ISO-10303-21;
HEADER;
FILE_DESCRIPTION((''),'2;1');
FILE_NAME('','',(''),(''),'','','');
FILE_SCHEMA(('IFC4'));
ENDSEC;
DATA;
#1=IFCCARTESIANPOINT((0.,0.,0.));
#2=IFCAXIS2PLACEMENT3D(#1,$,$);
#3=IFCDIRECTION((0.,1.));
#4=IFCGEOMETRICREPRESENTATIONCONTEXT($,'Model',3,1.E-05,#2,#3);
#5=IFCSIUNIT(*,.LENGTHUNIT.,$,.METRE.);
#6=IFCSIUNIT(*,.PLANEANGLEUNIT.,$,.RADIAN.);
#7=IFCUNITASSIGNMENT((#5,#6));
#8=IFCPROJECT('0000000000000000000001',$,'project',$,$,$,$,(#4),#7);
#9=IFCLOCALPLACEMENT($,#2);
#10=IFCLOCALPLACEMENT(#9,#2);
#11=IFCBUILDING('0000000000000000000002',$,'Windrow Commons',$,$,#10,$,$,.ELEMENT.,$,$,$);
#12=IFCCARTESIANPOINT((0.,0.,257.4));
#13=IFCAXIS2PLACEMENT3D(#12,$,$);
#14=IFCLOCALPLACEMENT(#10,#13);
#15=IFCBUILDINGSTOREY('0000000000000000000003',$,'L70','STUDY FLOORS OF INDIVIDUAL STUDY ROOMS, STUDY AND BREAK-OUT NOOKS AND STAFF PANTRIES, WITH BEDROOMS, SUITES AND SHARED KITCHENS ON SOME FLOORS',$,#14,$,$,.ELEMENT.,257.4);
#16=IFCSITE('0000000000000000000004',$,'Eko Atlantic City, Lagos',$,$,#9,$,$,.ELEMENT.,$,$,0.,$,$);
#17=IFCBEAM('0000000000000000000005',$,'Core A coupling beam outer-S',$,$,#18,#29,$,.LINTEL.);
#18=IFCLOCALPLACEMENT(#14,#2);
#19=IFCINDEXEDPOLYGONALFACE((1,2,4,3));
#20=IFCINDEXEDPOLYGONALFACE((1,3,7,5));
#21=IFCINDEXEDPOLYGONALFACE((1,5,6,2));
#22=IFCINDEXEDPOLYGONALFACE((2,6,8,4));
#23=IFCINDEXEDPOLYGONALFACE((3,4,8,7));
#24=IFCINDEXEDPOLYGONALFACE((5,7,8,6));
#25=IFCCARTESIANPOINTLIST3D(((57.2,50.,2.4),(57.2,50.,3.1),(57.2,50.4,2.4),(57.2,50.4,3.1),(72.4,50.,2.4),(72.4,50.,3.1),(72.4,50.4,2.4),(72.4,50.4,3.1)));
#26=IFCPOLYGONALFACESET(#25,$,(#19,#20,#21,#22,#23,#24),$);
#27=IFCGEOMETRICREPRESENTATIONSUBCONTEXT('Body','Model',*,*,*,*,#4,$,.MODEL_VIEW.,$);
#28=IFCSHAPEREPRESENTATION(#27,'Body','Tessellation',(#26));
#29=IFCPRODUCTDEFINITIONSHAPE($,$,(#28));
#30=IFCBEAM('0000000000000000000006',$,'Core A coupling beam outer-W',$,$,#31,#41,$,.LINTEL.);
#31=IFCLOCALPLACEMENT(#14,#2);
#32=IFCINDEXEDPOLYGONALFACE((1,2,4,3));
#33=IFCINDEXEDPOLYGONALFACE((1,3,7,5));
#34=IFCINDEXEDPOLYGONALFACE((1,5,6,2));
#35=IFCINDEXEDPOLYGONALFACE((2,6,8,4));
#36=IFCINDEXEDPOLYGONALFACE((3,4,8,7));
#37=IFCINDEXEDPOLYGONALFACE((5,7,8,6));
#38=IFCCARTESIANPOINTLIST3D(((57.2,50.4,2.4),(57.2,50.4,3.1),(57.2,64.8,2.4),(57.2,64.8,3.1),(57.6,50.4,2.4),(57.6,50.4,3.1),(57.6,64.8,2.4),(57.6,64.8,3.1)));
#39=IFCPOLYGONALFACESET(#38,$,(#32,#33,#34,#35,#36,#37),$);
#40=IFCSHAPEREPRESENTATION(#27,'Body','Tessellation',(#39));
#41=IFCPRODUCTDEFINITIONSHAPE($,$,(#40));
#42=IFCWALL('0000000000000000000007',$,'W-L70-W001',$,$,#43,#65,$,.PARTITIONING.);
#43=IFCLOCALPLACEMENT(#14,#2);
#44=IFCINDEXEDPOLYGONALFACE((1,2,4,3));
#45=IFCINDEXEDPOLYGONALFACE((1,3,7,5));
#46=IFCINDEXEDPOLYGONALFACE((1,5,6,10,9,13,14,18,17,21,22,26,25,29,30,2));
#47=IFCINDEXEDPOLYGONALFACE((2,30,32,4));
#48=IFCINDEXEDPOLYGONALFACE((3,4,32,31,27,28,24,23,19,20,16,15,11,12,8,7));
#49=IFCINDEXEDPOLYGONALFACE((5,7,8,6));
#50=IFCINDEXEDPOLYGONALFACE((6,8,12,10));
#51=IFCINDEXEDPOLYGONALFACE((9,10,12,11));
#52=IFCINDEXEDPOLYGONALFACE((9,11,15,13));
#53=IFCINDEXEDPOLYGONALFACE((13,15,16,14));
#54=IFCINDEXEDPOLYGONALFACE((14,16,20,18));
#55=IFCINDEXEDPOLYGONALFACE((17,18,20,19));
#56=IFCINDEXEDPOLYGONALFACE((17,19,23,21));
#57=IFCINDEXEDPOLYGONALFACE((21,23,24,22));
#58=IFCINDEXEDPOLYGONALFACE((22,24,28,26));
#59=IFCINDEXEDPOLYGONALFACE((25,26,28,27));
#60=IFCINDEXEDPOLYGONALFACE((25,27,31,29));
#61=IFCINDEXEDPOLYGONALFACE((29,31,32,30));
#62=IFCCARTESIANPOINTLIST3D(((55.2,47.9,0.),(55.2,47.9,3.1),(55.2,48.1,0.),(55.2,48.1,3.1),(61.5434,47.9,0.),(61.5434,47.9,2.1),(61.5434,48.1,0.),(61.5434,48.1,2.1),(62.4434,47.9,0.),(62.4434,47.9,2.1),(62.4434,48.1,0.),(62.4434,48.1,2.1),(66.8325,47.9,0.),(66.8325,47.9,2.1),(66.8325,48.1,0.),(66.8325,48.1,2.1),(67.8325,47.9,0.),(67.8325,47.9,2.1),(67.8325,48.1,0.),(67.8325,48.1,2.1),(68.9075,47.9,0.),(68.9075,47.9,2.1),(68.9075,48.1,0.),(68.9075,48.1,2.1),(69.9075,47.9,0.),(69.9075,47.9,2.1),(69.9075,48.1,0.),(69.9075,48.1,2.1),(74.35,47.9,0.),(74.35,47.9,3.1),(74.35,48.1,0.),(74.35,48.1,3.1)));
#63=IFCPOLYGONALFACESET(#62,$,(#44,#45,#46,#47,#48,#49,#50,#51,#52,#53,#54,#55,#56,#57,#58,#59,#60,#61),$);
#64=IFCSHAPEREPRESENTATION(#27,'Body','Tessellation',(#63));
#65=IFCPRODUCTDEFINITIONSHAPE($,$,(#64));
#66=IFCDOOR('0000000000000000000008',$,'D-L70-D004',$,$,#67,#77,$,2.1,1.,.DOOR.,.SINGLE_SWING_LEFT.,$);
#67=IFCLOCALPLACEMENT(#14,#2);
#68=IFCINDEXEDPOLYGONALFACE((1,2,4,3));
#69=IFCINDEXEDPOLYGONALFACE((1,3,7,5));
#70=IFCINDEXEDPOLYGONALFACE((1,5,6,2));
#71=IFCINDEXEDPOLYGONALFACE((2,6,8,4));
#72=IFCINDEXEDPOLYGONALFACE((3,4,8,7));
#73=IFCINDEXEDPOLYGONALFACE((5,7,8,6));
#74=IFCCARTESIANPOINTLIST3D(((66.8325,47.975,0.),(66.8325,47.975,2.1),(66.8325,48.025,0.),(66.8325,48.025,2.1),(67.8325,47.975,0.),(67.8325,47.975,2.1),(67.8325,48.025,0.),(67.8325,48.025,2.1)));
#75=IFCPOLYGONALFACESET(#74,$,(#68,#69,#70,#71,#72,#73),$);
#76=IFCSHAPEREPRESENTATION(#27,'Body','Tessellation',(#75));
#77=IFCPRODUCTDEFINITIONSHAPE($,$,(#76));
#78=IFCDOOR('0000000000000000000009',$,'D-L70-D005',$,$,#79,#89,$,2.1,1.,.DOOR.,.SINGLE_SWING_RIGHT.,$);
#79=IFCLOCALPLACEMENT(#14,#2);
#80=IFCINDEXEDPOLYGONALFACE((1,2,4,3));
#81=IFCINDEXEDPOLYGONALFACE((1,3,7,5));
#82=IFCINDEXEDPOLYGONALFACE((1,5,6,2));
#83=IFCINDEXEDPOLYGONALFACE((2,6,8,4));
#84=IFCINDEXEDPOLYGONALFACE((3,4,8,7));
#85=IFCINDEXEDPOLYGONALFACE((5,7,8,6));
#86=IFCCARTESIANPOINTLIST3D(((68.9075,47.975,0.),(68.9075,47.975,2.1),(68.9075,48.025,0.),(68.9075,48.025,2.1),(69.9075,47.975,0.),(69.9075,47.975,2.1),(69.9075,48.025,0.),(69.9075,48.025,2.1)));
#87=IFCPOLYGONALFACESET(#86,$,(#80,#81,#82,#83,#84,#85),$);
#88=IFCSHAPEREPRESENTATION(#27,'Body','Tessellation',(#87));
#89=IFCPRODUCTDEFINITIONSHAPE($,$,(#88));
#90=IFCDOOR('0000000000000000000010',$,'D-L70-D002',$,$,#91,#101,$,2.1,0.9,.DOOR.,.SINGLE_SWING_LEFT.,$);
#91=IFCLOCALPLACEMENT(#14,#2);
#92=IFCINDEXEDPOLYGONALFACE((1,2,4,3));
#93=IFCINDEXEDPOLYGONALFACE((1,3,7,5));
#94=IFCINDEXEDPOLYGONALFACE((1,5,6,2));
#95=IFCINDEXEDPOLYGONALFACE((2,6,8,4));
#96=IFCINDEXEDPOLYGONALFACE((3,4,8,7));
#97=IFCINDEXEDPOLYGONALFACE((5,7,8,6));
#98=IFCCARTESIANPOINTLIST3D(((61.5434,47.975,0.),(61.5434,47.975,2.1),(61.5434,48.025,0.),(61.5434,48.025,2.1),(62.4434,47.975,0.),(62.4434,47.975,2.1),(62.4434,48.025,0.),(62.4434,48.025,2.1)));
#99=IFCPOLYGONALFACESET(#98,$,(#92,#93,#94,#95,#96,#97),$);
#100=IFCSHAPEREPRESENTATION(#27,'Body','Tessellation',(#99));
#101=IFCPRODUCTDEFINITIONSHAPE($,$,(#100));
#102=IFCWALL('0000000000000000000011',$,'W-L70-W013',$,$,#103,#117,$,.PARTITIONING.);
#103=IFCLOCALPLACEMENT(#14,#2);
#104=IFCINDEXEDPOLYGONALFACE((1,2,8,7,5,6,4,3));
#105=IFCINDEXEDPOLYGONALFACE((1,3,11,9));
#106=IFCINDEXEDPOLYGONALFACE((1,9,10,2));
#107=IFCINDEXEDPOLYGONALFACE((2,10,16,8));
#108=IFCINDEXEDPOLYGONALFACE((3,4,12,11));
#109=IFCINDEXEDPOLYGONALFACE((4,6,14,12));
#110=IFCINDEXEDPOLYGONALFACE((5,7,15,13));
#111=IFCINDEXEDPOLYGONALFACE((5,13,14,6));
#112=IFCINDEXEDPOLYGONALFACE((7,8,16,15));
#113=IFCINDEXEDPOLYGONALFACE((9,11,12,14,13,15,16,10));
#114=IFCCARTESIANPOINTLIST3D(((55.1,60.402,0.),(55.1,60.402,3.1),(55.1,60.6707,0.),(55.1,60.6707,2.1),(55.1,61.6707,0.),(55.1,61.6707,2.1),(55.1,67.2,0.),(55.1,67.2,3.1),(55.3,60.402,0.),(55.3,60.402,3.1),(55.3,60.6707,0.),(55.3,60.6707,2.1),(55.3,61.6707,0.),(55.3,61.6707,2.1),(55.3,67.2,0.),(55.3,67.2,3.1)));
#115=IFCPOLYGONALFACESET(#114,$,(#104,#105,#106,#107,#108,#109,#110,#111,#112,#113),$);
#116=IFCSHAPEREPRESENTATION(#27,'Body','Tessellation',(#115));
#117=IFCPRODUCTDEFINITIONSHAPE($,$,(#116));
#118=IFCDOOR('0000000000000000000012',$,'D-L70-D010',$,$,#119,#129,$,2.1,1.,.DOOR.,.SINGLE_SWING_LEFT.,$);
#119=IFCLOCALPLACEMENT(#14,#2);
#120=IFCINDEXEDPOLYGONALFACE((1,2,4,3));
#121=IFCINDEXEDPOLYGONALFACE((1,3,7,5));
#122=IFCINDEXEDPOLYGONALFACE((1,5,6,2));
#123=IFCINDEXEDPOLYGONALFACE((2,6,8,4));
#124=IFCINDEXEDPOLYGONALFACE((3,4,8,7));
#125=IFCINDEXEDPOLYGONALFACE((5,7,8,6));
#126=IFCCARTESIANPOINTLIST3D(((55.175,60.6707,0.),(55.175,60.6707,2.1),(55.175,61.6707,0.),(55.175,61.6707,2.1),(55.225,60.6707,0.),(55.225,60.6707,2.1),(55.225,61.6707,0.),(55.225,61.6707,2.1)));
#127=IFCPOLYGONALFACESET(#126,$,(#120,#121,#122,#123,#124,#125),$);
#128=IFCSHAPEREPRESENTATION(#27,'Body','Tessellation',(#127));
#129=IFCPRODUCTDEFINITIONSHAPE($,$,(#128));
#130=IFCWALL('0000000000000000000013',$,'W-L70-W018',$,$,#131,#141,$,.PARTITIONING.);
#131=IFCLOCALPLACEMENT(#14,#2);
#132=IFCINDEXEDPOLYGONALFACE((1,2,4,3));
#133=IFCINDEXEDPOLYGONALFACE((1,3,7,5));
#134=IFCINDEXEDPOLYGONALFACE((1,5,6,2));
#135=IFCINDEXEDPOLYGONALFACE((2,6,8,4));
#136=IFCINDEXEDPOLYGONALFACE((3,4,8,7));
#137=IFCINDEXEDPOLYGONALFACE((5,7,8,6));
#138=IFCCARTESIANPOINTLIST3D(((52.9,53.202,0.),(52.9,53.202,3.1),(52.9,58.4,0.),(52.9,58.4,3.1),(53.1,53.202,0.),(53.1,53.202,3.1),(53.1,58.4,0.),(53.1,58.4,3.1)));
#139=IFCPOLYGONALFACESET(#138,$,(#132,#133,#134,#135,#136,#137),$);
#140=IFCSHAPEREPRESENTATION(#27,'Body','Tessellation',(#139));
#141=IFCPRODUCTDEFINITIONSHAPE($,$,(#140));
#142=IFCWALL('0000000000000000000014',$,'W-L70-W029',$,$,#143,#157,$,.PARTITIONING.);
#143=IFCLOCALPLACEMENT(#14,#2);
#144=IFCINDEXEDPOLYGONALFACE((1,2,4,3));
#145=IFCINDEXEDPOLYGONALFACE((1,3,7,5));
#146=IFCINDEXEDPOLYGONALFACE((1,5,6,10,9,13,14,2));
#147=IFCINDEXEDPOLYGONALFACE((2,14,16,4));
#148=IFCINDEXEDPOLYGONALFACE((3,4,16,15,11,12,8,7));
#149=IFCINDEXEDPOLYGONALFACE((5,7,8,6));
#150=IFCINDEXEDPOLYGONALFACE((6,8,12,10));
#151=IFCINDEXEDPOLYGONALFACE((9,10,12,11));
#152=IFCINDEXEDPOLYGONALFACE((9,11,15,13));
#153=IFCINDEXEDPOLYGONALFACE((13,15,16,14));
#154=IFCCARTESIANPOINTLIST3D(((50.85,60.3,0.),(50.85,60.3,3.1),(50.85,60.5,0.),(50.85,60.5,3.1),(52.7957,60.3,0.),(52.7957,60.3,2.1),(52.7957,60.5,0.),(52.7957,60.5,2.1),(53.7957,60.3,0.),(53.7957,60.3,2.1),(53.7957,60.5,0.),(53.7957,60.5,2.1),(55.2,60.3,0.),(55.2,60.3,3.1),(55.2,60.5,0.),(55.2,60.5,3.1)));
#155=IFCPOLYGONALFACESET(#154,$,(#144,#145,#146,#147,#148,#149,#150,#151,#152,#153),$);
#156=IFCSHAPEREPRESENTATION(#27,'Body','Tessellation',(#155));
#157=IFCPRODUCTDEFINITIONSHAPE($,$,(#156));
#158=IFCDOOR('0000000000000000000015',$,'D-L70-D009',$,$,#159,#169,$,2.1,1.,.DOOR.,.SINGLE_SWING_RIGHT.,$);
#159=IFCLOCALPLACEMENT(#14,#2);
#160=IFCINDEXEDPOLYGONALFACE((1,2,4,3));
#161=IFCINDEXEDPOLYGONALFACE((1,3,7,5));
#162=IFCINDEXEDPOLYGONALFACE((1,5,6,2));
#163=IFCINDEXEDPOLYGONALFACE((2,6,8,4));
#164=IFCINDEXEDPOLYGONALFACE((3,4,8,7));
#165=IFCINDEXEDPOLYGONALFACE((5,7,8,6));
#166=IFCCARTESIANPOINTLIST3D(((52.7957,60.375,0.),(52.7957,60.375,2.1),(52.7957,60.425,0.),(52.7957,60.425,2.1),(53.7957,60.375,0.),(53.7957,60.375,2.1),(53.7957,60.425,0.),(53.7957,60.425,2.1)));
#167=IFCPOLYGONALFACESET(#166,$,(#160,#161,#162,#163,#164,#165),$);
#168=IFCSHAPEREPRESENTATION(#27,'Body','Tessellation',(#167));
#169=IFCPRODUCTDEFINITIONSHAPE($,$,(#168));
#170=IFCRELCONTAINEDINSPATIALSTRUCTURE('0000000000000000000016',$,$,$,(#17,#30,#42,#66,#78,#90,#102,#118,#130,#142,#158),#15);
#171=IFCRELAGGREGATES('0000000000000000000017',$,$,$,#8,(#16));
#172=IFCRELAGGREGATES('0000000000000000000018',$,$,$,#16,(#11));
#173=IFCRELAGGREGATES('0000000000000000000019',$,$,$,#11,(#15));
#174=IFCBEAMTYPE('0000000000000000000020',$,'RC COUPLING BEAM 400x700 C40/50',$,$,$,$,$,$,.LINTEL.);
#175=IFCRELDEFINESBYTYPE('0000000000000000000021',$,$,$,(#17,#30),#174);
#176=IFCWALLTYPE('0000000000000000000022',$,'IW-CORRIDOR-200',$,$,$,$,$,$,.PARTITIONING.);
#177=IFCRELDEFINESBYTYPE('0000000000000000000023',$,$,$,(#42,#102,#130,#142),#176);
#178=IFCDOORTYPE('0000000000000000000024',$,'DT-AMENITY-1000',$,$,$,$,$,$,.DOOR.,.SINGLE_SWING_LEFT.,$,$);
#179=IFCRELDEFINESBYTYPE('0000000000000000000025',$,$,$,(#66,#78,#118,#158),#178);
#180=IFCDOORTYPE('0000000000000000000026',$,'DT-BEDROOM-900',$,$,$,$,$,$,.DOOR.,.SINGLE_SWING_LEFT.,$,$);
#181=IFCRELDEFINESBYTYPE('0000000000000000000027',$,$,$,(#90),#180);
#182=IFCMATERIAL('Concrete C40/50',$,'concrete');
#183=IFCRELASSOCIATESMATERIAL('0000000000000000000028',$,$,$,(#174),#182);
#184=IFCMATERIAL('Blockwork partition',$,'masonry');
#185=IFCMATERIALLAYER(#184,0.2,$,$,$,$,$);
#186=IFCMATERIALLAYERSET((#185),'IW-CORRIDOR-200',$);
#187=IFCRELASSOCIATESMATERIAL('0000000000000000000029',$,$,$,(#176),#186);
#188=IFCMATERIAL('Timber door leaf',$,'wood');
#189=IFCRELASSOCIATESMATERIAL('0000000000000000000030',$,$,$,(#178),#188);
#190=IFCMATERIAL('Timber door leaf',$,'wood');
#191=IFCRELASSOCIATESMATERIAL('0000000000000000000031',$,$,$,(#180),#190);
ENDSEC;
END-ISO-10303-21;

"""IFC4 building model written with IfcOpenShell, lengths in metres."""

from ifc_helpers import new_model, si_unit, direction, frame, frame_2d, origin, origin_2d, place, context, subcontext, project, spatial, rectangle, extrude, material, layer, layer_set, material_profile, profile_set, type_object, element, fill, save


model = new_model("IFC4")

# Units and contexts
model_context = context("Model", 3, precision=1e-05, world=origin(), true_north=direction((0.0, 1.0)))
body_context = subcontext(model_context, "Body", "Model", "MODEL_VIEW")
ifc_project = project(units=[si_unit("LENGTHUNIT", "METRE"), si_unit("PLANEANGLEUNIT", "RADIAN")], contexts=[model_context])

# Site, building, storey
site_placement = place(None, origin())
site = spatial("IfcSite", under=ifc_project, at=site_placement, Name="Eko Atlantic City, Lagos", CompositionType="ELEMENT", RefElevation=0.0)
building_placement = place(site_placement, origin())
building = spatial("IfcBuilding", under=site, at=building_placement, Name="Windrow Commons", CompositionType="ELEMENT")
storey_placement = place(building_placement, frame((0.0, 0.0, 257.4)))
storey = spatial("IfcBuildingStorey", under=building, at=storey_placement, Name="L70", Description="STUDY FLOORS OF INDIVIDUAL STUDY ROOMS, STUDY AND BREAK-OUT NOOKS AND STAFF PANTRIES, WITH BEDROOMS, SUITES AND SHARED KITCHENS ON SOME FLOORS", CompositionType="ELEMENT", Elevation=257.4)

# Beams
ifc_material_1 = material(Name="Concrete C40/50", Category="concrete")
ifc_material_profile = material_profile(ifc_material_1, rectangle(XDim=0.4, YDim=0.7, at=origin_2d()))
ifc_profile_set = profile_set([ifc_material_profile], Name="Concrete C40/50")
beam_type = type_object("IfcBeamType", Name="RC COUPLING BEAM 400x700 C40/50", PredefinedType="LINTEL", material=ifc_profile_set)
beam_1_placement = place(storey_placement, frame((57.2, 50.2, 2.75), z_axis=(1.0, 0.0, 0.0), x_axis=(0.0, 1.0, 0.0)))
element("IfcBeam", 1, at=beam_1_placement, inside=storey, type_object=beam_type, Name="Core A coupling beam outer-S", PredefinedType="LINTEL", context=body_context, shape_type="SweptSolid", body=[
    extrude(rectangle(XDim=0.4, YDim=0.7, at=origin_2d()), origin(), (0.0, 0.0, 1.0), 15.2),
])
beam_2_placement = place(storey_placement, frame((57.4, 50.4, 2.75), z_axis=(0.0, 1.0, 0.0), x_axis=(-1.0, 0.0, 0.0)))
element("IfcBeam", 2, at=beam_2_placement, inside=storey, type_object=beam_type, Name="Core A coupling beam outer-W", PredefinedType="LINTEL", context=body_context, shape_type="SweptSolid", body=[
    extrude(rectangle(XDim=0.4, YDim=0.7, at=origin_2d()), origin(), (0.0, 0.0, 1.0), 14.4),
])

# Wall, openings, doors
ifc_material_2 = material(Name="Blockwork partition", Category="masonry")
ifc_layer_1 = layer(ifc_material_2, 0.2)
ifc_layer_set_1 = layer_set([ifc_layer_1], Name="IW-CORRIDOR-200")
wall_type_1 = type_object("IfcWallType", Name="IW-CORRIDOR-200", PredefinedType="PARTITIONING", material=ifc_layer_set_1)
wall_1_placement = place(storey_placement, frame((55.2, 48.0, 0.0), z_axis=(0.0, 0.0, 1.0), x_axis=(1.0, 0.0, 0.0)))
wall_1 = element("IfcWall", 3, at=wall_1_placement, inside=storey, type_object=wall_type_1, Name="W-L70-W001", PredefinedType="PARTITIONING", context=body_context, shape_type="SweptSolid", body=[
    extrude(rectangle(XDim=19.15, YDim=0.2, at=frame_2d((9.575, 0.0))), origin(), (0.0, 0.0, 1.0), 3.1),
])
opening_1_placement = place(wall_1_placement, frame((6.3434, 0.0, 0.0)))
opening_1 = element("IfcOpeningElement", 4, at=opening_1_placement, cuts=wall_1, PredefinedType="OPENING", context=body_context, shape_type="SweptSolid", body=[
    extrude(rectangle(XDim=0.9, YDim=2.1, at=frame_2d((0.45, 1.05))), frame((0.0, 0.11, 0.0), z_axis=(0.0, -1.0, 0.0), x_axis=(1.0, 0.0, 0.0)), (0.0, 0.0, 1.0), 0.22),
])
opening_2_placement = place(wall_1_placement, frame((11.6325, 0.0, 0.0)))
opening_2 = element("IfcOpeningElement", 5, at=opening_2_placement, cuts=wall_1, PredefinedType="OPENING", context=body_context, shape_type="SweptSolid", body=[
    extrude(rectangle(XDim=1.0, YDim=2.1, at=frame_2d((0.5, 1.05))), frame((0.0, 0.11, 0.0), z_axis=(0.0, -1.0, 0.0), x_axis=(1.0, 0.0, 0.0)), (0.0, 0.0, 1.0), 0.22),
])
opening_3_placement = place(wall_1_placement, frame((13.7075, 0.0, 0.0)))
opening_3 = element("IfcOpeningElement", 6, at=opening_3_placement, cuts=wall_1, PredefinedType="OPENING", context=body_context, shape_type="SweptSolid", body=[
    extrude(rectangle(XDim=1.0, YDim=2.1, at=frame_2d((0.5, 1.05))), frame((0.0, 0.11, 0.0), z_axis=(0.0, -1.0, 0.0), x_axis=(1.0, 0.0, 0.0)), (0.0, 0.0, 1.0), 0.22),
])
ifc_material_3 = material(Name="Timber door leaf", Category="wood")
door_type_1 = type_object("IfcDoorType", Name="DT-AMENITY-1000", OperationType="SINGLE_SWING_LEFT", PredefinedType="DOOR", material=ifc_material_3)
door_1_placement = place(opening_2_placement, origin())
door_1 = element("IfcDoor", 7, at=door_1_placement, inside=storey, type_object=door_type_1, Name="D-L70-D004", OperationType="SINGLE_SWING_LEFT", OverallHeight=2.1, OverallWidth=1.0, PredefinedType="DOOR", context=body_context, shape_type="SweptSolid", body=[
    extrude(rectangle(XDim=1.0, YDim=2.1, at=frame_2d((0.5, 1.05))), frame((0.0, 0.025, 0.0), z_axis=(0.0, -1.0, 0.0), x_axis=(1.0, 0.0, 0.0)), (0.0, 0.0, 1.0), 0.05),
])
fill(opening_2, door_1)
door_2_placement = place(opening_3_placement, origin())
door_2 = element("IfcDoor", 8, at=door_2_placement, inside=storey, type_object=door_type_1, Name="D-L70-D005", OperationType="SINGLE_SWING_RIGHT", OverallHeight=2.1, OverallWidth=1.0, PredefinedType="DOOR", context=body_context, shape_type="SweptSolid", body=[
    extrude(rectangle(XDim=1.0, YDim=2.1, at=frame_2d((0.5, 1.05))), frame((0.0, 0.025, 0.0), z_axis=(0.0, -1.0, 0.0), x_axis=(1.0, 0.0, 0.0)), (0.0, 0.0, 1.0), 0.05),
])
fill(opening_3, door_2)
ifc_material_4 = material(Name="Timber door leaf", Category="wood")
door_type_2 = type_object("IfcDoorType", Name="DT-BEDROOM-900", OperationType="SINGLE_SWING_LEFT", PredefinedType="DOOR", material=ifc_material_4)
door_3_placement = place(opening_1_placement, origin())
door_3 = element("IfcDoor", 9, at=door_3_placement, inside=storey, type_object=door_type_2, Name="D-L70-D002", OperationType="SINGLE_SWING_LEFT", OverallHeight=2.1, OverallWidth=0.9, PredefinedType="DOOR", context=body_context, shape_type="SweptSolid", body=[
    extrude(rectangle(XDim=0.9, YDim=2.1, at=frame_2d((0.45, 1.05))), frame((0.0, 0.025, 0.0), z_axis=(0.0, -1.0, 0.0), x_axis=(1.0, 0.0, 0.0)), (0.0, 0.0, 1.0), 0.05),
])
fill(opening_1, door_3)

# Wall, opening, door
wall_2_placement = place(storey_placement, frame((55.2, 60.402, 0.0), z_axis=(0.0, 0.0, 1.0), x_axis=(0.0, 1.0, 0.0)))
wall_2 = element("IfcWall", 10, at=wall_2_placement, inside=storey, type_object=wall_type_1, Name="W-L70-W013", PredefinedType="PARTITIONING", context=body_context, shape_type="SweptSolid", body=[
    extrude(rectangle(XDim=6.798, YDim=0.2, at=frame_2d((3.399, 0.0))), origin(), (0.0, 0.0, 1.0), 3.1),
])
opening_4_placement = place(wall_2_placement, frame((0.2687, 0.0, 0.0)))
opening_4 = element("IfcOpeningElement", 11, at=opening_4_placement, cuts=wall_2, PredefinedType="OPENING", context=body_context, shape_type="SweptSolid", body=[
    extrude(rectangle(XDim=1.0, YDim=2.1, at=frame_2d((0.5, 1.05))), frame((0.0, 0.11, 0.0), z_axis=(0.0, -1.0, 0.0), x_axis=(1.0, 0.0, 0.0)), (0.0, 0.0, 1.0), 0.22),
])
door_4_placement = place(opening_4_placement, origin())
door_4 = element("IfcDoor", 12, at=door_4_placement, inside=storey, type_object=door_type_1, Name="D-L70-D010", OperationType="SINGLE_SWING_LEFT", OverallHeight=2.1, OverallWidth=1.0, PredefinedType="DOOR", context=body_context, shape_type="SweptSolid", body=[
    extrude(rectangle(XDim=1.0, YDim=2.1, at=frame_2d((0.5, 1.05))), frame((0.0, 0.025, 0.0), z_axis=(0.0, -1.0, 0.0), x_axis=(1.0, 0.0, 0.0)), (0.0, 0.0, 1.0), 0.05),
])
fill(opening_4, door_4)

# Wall
wall_3_placement = place(storey_placement, frame((53.0, 53.202, 0.0), z_axis=(0.0, 0.0, 1.0), x_axis=(0.0, 1.0, 0.0)))
element("IfcWall", 13, at=wall_3_placement, inside=storey, type_object=wall_type_1, Name="W-L70-W018", PredefinedType="PARTITIONING", context=body_context, shape_type="SweptSolid", body=[
    extrude(rectangle(XDim=5.198, YDim=0.2, at=frame_2d((2.599, 0.0))), origin(), (0.0, 0.0, 1.0), 3.1),
])

# Wall, opening, door
wall_4_placement = place(storey_placement, frame((50.85, 60.4, 0.0), z_axis=(0.0, 0.0, 1.0), x_axis=(1.0, 0.0, 0.0)))
wall_4 = element("IfcWall", 14, at=wall_4_placement, inside=storey, type_object=wall_type_1, Name="W-L70-W029", PredefinedType="PARTITIONING", context=body_context, shape_type="SweptSolid", body=[
    extrude(rectangle(XDim=4.35, YDim=0.2, at=frame_2d((2.175, 0.0))), origin(), (0.0, 0.0, 1.0), 3.1),
])
opening_5_placement = place(wall_4_placement, frame((1.9457, 0.0, 0.0)))
opening_5 = element("IfcOpeningElement", 15, at=opening_5_placement, cuts=wall_4, PredefinedType="OPENING", context=body_context, shape_type="SweptSolid", body=[
    extrude(rectangle(XDim=1.0, YDim=2.1, at=frame_2d((0.5, 1.05))), frame((0.0, 0.11, 0.0), z_axis=(0.0, -1.0, 0.0), x_axis=(1.0, 0.0, 0.0)), (0.0, 0.0, 1.0), 0.22),
])
door_5_placement = place(opening_5_placement, origin())
door_5 = element("IfcDoor", 16, at=door_5_placement, inside=storey, type_object=door_type_1, Name="D-L70-D009", OperationType="SINGLE_SWING_RIGHT", OverallHeight=2.1, OverallWidth=1.0, PredefinedType="DOOR", context=body_context, shape_type="SweptSolid", body=[
    extrude(rectangle(XDim=1.0, YDim=2.1, at=frame_2d((0.5, 1.05))), frame((0.0, 0.025, 0.0), z_axis=(0.0, -1.0, 0.0), x_axis=(1.0, 0.0, 0.0)), (0.0, 0.0, 1.0), 0.05),
])
fill(opening_5, door_5)

save(model, "model.ifc")
